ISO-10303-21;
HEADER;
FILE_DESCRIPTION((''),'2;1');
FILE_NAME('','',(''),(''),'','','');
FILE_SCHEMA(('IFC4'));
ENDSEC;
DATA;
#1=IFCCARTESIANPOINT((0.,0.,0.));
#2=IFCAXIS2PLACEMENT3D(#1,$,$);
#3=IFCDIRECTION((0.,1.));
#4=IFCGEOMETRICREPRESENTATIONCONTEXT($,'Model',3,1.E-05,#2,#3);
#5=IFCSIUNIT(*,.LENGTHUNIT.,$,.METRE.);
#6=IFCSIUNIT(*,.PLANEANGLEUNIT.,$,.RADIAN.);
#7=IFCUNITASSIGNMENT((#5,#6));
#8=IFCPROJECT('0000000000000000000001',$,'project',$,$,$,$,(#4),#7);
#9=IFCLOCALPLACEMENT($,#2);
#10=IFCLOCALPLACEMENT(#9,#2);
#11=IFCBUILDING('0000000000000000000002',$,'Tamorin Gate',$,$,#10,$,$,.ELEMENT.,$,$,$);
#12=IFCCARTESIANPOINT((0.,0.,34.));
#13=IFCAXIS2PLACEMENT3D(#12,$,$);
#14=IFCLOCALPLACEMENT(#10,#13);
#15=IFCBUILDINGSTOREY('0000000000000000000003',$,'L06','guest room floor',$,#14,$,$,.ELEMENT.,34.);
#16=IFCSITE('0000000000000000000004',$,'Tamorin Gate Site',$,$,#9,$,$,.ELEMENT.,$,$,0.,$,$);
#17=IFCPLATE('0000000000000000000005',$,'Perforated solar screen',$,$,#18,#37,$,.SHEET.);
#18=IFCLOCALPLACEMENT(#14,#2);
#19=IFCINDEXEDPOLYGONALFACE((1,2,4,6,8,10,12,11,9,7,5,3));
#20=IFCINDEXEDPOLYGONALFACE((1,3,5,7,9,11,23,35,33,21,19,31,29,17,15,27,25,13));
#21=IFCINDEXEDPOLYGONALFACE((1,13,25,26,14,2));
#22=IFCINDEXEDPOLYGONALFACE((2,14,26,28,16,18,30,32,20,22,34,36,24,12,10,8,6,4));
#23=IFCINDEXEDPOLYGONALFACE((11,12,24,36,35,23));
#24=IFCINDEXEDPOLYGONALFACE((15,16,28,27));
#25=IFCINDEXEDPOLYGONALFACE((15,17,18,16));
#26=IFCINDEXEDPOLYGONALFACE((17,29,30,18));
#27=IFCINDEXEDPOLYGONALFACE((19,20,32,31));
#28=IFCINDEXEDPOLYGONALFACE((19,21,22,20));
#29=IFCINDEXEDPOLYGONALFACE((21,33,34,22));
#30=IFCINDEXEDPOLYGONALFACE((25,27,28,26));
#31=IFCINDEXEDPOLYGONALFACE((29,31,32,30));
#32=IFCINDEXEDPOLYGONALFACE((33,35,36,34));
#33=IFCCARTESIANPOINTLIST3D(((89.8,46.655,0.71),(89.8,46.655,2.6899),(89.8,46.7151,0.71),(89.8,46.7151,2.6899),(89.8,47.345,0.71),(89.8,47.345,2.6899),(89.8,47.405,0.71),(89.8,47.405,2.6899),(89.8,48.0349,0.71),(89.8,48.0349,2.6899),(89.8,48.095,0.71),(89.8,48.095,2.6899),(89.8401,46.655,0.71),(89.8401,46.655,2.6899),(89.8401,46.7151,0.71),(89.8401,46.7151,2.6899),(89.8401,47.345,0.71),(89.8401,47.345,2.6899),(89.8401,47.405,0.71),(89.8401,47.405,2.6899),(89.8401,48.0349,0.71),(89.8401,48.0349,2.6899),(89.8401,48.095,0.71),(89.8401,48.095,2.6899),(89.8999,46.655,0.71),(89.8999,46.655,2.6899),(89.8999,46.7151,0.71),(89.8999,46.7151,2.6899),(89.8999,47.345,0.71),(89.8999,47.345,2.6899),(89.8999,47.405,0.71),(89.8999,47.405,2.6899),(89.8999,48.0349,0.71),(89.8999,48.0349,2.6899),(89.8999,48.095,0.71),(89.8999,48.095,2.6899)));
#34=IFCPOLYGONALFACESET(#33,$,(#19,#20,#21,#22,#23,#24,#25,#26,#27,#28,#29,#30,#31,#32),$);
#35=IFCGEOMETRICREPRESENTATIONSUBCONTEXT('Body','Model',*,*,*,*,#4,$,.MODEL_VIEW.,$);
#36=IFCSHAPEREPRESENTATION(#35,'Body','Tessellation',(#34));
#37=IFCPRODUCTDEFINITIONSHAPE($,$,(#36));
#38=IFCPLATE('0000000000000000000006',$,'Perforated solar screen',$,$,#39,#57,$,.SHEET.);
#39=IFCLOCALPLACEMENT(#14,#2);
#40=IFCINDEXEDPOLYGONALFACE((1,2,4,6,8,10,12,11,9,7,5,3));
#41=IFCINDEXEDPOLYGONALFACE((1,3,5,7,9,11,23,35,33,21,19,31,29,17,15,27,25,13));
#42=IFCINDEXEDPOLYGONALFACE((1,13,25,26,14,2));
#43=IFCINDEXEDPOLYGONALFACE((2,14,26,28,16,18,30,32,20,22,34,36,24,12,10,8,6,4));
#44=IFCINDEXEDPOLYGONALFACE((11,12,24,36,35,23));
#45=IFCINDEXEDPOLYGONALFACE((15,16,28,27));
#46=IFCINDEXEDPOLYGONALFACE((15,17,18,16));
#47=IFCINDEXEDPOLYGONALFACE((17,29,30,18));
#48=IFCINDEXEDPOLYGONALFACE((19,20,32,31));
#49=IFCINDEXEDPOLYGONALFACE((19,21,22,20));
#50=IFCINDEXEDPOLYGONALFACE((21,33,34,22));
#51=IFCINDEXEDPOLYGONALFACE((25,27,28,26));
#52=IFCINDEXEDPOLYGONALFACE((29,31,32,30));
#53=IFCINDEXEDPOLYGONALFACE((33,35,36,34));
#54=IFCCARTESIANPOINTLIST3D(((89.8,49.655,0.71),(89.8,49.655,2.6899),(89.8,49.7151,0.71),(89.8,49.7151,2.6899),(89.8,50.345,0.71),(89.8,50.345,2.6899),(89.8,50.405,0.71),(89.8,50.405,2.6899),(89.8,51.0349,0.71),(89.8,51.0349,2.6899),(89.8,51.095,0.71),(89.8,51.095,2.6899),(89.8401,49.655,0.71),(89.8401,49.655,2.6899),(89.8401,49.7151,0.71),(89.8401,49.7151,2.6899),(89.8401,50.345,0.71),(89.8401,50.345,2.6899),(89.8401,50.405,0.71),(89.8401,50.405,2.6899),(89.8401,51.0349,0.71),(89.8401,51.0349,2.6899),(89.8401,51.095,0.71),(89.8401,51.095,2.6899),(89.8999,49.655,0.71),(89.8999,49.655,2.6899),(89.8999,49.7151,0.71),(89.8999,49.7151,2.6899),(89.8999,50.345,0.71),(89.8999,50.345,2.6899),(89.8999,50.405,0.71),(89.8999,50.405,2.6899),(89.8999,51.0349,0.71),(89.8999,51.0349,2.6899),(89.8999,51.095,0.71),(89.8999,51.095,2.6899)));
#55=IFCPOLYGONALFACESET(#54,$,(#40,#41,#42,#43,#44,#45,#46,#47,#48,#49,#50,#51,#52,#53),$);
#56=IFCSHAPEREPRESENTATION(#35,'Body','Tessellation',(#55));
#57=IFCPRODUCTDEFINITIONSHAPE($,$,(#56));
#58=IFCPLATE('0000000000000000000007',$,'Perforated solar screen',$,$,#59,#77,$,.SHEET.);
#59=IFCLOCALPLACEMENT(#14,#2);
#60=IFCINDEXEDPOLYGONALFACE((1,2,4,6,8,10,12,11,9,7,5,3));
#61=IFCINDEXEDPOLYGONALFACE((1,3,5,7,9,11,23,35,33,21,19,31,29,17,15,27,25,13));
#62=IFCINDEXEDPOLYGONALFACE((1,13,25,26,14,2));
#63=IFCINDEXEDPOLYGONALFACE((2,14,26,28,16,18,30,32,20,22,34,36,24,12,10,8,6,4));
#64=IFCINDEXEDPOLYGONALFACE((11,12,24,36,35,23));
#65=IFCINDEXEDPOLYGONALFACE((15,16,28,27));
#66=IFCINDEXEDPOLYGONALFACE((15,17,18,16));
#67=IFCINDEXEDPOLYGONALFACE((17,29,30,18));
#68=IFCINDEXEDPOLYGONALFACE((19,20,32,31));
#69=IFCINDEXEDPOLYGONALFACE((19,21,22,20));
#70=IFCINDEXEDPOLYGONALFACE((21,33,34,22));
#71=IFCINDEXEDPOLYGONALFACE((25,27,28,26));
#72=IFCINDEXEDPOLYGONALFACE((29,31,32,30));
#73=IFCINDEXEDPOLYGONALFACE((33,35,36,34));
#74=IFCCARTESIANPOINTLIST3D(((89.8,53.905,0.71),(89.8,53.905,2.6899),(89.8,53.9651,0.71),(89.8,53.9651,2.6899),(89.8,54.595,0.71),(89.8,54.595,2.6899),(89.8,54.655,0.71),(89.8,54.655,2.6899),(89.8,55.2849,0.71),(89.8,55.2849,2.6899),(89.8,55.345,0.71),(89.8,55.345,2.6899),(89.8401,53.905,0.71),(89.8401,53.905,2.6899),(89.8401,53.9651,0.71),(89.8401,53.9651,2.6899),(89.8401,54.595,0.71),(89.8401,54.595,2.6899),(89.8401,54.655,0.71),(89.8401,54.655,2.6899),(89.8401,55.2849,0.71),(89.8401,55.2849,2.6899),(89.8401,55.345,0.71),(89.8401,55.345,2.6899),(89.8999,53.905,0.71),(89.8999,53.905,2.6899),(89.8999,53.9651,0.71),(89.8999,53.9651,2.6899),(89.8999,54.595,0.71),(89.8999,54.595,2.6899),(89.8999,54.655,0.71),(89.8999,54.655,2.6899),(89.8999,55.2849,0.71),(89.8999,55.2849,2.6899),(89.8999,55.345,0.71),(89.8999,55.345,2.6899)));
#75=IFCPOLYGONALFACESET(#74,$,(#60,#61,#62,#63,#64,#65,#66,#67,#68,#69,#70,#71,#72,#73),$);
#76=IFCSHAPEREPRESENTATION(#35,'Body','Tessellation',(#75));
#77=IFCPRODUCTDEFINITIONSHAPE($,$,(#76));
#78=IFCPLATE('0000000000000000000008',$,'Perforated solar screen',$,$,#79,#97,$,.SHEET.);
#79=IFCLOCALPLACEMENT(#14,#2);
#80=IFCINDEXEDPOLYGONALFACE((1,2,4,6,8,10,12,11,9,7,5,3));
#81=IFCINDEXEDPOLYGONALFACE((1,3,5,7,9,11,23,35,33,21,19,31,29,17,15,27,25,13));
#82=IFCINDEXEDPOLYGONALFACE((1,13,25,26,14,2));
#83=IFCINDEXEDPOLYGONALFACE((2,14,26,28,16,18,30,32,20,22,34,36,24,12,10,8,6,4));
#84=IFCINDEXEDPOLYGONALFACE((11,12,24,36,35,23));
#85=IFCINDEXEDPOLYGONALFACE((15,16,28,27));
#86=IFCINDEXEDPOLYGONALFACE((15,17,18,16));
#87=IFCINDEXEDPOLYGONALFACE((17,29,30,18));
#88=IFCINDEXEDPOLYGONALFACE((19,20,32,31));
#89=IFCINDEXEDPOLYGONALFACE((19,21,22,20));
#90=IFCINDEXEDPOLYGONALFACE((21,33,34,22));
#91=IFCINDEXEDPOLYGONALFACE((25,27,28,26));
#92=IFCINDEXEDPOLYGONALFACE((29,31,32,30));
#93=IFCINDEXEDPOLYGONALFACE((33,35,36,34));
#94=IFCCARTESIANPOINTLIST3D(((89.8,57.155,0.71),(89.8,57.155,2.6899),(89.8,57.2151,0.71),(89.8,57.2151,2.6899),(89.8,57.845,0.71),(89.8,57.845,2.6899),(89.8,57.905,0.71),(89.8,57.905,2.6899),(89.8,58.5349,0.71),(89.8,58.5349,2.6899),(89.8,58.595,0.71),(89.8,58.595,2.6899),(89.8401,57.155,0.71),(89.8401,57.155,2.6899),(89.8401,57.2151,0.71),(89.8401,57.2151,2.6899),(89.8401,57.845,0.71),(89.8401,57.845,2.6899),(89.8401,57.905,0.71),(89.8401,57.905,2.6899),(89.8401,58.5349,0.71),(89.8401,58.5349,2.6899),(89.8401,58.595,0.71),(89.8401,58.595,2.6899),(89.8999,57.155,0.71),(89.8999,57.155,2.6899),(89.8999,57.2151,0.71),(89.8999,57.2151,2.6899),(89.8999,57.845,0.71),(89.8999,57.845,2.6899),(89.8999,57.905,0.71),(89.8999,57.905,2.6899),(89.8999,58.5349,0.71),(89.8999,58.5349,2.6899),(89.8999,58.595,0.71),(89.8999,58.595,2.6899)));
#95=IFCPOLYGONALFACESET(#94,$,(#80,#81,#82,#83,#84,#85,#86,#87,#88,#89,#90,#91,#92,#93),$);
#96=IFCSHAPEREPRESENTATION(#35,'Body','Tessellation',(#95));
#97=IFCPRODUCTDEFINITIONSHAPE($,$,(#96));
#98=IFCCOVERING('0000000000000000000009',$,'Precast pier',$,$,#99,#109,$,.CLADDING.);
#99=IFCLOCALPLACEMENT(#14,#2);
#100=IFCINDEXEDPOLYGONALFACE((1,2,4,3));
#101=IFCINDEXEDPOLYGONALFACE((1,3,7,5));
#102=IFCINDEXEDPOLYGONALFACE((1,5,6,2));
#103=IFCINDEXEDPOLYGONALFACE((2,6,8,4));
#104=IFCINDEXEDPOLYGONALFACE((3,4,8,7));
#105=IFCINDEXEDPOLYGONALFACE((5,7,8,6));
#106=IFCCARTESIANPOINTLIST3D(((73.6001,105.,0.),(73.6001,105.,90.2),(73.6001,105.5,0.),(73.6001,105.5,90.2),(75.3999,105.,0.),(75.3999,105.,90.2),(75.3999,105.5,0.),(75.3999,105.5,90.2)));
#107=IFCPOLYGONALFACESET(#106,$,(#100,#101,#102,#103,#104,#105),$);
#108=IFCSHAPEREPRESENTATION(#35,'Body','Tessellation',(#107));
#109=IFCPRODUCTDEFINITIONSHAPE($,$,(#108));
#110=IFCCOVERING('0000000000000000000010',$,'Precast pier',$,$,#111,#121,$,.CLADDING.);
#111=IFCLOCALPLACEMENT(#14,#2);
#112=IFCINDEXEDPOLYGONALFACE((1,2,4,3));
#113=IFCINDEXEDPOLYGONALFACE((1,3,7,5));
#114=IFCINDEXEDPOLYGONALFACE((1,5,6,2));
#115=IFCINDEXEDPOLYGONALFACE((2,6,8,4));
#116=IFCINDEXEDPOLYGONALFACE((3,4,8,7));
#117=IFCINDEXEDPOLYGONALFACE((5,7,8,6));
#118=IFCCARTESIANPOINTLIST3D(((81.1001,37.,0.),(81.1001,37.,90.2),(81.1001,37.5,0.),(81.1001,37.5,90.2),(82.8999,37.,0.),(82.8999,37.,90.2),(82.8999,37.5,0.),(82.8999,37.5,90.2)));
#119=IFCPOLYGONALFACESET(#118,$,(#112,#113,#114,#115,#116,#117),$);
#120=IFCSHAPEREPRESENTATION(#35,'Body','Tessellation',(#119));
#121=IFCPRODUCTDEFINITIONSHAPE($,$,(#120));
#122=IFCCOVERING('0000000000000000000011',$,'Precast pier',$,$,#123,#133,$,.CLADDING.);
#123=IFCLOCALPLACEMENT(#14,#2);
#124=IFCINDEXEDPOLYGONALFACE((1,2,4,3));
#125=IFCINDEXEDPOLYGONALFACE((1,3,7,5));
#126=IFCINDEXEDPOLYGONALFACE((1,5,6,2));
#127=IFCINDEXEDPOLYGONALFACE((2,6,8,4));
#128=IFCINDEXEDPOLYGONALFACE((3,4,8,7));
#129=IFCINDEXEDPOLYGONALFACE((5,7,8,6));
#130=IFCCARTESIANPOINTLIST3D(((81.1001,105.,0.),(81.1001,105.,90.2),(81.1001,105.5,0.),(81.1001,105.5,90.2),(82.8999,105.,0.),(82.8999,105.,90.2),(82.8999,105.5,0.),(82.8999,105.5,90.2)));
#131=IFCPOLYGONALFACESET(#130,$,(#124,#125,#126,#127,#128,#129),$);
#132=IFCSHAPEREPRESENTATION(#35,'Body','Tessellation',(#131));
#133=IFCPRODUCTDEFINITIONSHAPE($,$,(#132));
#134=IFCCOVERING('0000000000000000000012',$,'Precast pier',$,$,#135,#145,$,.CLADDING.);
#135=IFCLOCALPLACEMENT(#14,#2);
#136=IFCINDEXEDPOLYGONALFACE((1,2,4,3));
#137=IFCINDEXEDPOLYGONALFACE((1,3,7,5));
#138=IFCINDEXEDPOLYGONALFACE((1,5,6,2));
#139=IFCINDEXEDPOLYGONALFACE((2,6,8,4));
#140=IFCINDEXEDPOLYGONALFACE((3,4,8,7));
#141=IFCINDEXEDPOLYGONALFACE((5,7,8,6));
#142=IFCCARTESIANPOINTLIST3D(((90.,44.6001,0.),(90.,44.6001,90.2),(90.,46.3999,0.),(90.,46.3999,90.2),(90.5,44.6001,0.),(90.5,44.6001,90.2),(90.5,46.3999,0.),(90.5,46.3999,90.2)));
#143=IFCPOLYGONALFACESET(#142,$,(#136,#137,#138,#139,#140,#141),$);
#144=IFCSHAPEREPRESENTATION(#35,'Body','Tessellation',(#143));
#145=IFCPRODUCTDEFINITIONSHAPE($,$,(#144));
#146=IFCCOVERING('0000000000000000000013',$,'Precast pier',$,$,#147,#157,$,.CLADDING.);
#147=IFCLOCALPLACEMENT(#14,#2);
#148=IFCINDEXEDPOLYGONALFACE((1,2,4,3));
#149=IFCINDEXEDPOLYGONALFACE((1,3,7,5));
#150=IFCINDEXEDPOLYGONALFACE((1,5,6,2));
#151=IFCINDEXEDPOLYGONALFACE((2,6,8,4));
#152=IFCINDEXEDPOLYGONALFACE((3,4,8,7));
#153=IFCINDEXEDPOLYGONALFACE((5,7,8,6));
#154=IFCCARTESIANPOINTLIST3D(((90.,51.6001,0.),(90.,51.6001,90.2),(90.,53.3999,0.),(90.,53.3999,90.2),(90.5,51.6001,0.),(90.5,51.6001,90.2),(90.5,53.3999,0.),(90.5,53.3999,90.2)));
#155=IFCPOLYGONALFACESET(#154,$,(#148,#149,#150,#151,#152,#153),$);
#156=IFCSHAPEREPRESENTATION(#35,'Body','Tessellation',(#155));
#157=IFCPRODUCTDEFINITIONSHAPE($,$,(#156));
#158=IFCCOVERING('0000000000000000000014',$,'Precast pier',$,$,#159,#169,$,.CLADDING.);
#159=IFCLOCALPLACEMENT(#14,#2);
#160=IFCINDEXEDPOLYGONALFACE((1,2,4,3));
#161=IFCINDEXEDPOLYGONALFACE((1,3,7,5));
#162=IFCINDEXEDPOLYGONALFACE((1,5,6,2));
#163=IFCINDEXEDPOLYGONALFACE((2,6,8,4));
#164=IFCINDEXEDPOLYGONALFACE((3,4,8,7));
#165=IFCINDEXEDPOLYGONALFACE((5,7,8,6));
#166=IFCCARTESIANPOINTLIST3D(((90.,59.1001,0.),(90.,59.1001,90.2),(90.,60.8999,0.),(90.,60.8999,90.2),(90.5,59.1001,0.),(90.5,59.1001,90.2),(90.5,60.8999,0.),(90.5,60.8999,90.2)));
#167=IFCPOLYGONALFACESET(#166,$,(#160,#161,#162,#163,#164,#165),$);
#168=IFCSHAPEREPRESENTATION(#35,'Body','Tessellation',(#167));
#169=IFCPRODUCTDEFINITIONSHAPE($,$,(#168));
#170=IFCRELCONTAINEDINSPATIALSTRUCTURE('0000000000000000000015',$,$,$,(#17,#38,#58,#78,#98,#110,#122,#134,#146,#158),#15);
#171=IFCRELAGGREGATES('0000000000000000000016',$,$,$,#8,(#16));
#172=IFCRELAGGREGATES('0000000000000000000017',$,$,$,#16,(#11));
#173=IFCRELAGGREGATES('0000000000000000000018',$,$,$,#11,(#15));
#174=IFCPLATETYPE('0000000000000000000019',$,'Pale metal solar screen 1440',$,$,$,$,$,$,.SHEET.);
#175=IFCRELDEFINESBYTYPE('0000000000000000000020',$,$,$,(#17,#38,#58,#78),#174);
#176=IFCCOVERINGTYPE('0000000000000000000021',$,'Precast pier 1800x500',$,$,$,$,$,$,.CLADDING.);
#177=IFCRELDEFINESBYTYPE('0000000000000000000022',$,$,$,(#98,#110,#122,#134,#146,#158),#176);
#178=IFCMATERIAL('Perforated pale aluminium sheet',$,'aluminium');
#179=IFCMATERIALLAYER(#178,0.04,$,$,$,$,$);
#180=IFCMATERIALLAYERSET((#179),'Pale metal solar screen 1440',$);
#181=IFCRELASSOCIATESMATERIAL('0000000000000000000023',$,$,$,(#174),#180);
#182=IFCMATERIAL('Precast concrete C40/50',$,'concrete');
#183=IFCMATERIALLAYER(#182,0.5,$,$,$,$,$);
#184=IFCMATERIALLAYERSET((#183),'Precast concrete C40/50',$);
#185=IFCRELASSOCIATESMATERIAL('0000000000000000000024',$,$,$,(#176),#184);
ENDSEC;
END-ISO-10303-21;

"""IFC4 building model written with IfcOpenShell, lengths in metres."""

from ifc_helpers import new_model, si_unit, direction, frame, origin, place, context, subcontext, project, spatial, polyline, outline, extrude, material, layer, layer_set, type_object, element, save


model = new_model("IFC4")

# Units and contexts
model_context = context("Model", 3, precision=1e-05, world=origin(), true_north=direction((0.0, 1.0)))
body_context = subcontext(model_context, "Body", "Model", "MODEL_VIEW")
ifc_project = project(units=[si_unit("LENGTHUNIT", "METRE"), si_unit("PLANEANGLEUNIT", "RADIAN")], contexts=[model_context])

# Site, building, storey
site_placement = place(None, origin())
site = spatial("IfcSite", under=ifc_project, at=site_placement, Name="Tamorin Gate Site", CompositionType="ELEMENT", RefElevation=0.0)
building_placement = place(site_placement, origin())
building = spatial("IfcBuilding", under=site, at=building_placement, Name="Tamorin Gate", CompositionType="ELEMENT")
storey_placement = place(building_placement, frame((0.0, 0.0, 34.0)))
storey = spatial("IfcBuildingStorey", under=building, at=storey_placement, Name="L06", Description="guest room floor", CompositionType="ELEMENT", Elevation=34.0)

# Plates
ifc_material_1 = material(Name="Perforated pale aluminium sheet", Category="aluminium")
ifc_layer_1 = layer(ifc_material_1, 0.04)
ifc_layer_set_1 = layer_set([ifc_layer_1], Name="Pale metal solar screen 1440")
plate_type = type_object("IfcPlateType", Name="Pale metal solar screen 1440", PredefinedType="SHEET", material=ifc_layer_set_1)
plate_1_placement = place(storey_placement, frame((0.0, 0.0, 0.71)))
element("IfcPlate", 1, at=plate_1_placement, inside=storey, type_object=plate_type, Name="Perforated solar screen", PredefinedType="SHEET", context=body_context, shape_type="SweptSolid", body=[
    extrude(outline(polyline([(89.8401, 46.655), (89.8, 46.655), (89.8, 46.7151), (89.8, 47.345), (89.8, 47.405), (89.8, 48.0349), (89.8, 48.095), (89.8, 48.095), (89.8401, 48.095), (89.8401, 48.095), (89.8999, 48.095), (89.8999, 48.0349), (89.8401, 48.0349), (89.8401, 47.405), (89.8999, 47.405), (89.8999, 47.345), (89.8401, 47.345), (89.8401, 46.7151), (89.8999, 46.7151), (89.8999, 46.655), (89.8401, 46.655)])), origin(), (0.0, 0.0, 1.0), 1.98),
])
plate_2_placement = place(storey_placement, frame((0.0, 0.0, 0.71)))
element("IfcPlate", 2, at=plate_2_placement, inside=storey, type_object=plate_type, Name="Perforated solar screen", PredefinedType="SHEET", context=body_context, shape_type="SweptSolid", body=[
    extrude(outline(polyline([(89.8401, 49.655), (89.8, 49.655), (89.8, 49.7151), (89.8, 50.345), (89.8, 50.405), (89.8, 51.0349), (89.8, 51.095), (89.8401, 51.095), (89.8999, 51.095), (89.8999, 51.0349), (89.8401, 51.0349), (89.8401, 50.405), (89.8999, 50.405), (89.8999, 50.345), (89.8401, 50.345), (89.8401, 49.7151), (89.8999, 49.7151), (89.8999, 49.655), (89.8401, 49.655)])), origin(), (0.0, 0.0, 1.0), 1.98),
])
plate_3_placement = place(storey_placement, frame((0.0, 0.0, 0.71)))
element("IfcPlate", 3, at=plate_3_placement, inside=storey, type_object=plate_type, Name="Perforated solar screen", PredefinedType="SHEET", context=body_context, shape_type="SweptSolid", body=[
    extrude(outline(polyline([(89.8401, 53.905), (89.8, 53.905), (89.8, 53.9651), (89.8, 54.595), (89.8, 54.655), (89.8, 55.2849), (89.8, 55.345), (89.8401, 55.345), (89.8999, 55.345), (89.8999, 55.2849), (89.8401, 55.2849), (89.8401, 54.655), (89.8999, 54.655), (89.8999, 54.595), (89.8401, 54.595), (89.8401, 53.9651), (89.8999, 53.9651), (89.8999, 53.905), (89.8401, 53.905)])), origin(), (0.0, 0.0, 1.0), 1.98),
])
plate_4_placement = place(storey_placement, frame((0.0, 0.0, 0.71)))
element("IfcPlate", 4, at=plate_4_placement, inside=storey, type_object=plate_type, Name="Perforated solar screen", PredefinedType="SHEET", context=body_context, shape_type="SweptSolid", body=[
    extrude(outline(polyline([(89.8401, 57.155), (89.8, 57.155), (89.8, 57.2151), (89.8, 57.845), (89.8, 57.905), (89.8, 58.5349), (89.8, 58.595), (89.8401, 58.595), (89.8999, 58.595), (89.8999, 58.5349), (89.8401, 58.5349), (89.8401, 57.905), (89.8999, 57.905), (89.8999, 57.845), (89.8401, 57.845), (89.8401, 57.2151), (89.8999, 57.2151), (89.8999, 57.155), (89.8401, 57.155)])), origin(), (0.0, 0.0, 1.0), 1.98),
])

# Coverings
ifc_material_2 = material(Name="Precast concrete C40/50", Category="concrete")
ifc_layer_2 = layer(ifc_material_2, 0.5)
ifc_layer_set_2 = layer_set([ifc_layer_2], Name="Precast concrete C40/50")
covering_type = type_object("IfcCoveringType", Name="Precast pier 1800x500", PredefinedType="CLADDING", material=ifc_layer_set_2)
covering_1_placement = place(storey_placement, origin())
element("IfcCovering", 5, at=covering_1_placement, inside=storey, type_object=covering_type, Name="Precast pier", PredefinedType="CLADDING", context=body_context, shape_type="SweptSolid", body=[
    extrude(outline(polyline([(75.3999, 105.0), (73.6001, 105.0), (73.6001, 105.5), (75.3999, 105.5), (75.3999, 105.0)])), origin(), (0.0, 0.0, 1.0), 90.2),
])
covering_2_placement = place(storey_placement, origin())
element("IfcCovering", 6, at=covering_2_placement, inside=storey, type_object=covering_type, Name="Precast pier", PredefinedType="CLADDING", context=body_context, shape_type="SweptSolid", body=[
    extrude(outline(polyline([(81.1001, 37.5), (82.8999, 37.5), (82.8999, 37.0), (81.1001, 37.0), (81.1001, 37.5)])), origin(), (0.0, 0.0, 1.0), 90.2),
])
covering_3_placement = place(storey_placement, origin())
element("IfcCovering", 7, at=covering_3_placement, inside=storey, type_object=covering_type, Name="Precast pier", PredefinedType="CLADDING", context=body_context, shape_type="SweptSolid", body=[
    extrude(outline(polyline([(82.8999, 105.0), (81.1001, 105.0), (81.1001, 105.5), (82.8999, 105.5), (82.8999, 105.0)])), origin(), (0.0, 0.0, 1.0), 90.2),
])
covering_4_placement = place(storey_placement, origin())
element("IfcCovering", 8, at=covering_4_placement, inside=storey, type_object=covering_type, Name="Precast pier", PredefinedType="CLADDING", context=body_context, shape_type="SweptSolid", body=[
    extrude(outline(polyline([(90.0, 44.6001), (90.0, 46.3999), (90.5, 46.3999), (90.5, 44.6001), (90.0, 44.6001)])), origin(), (0.0, 0.0, 1.0), 90.2),
])
covering_5_placement = place(storey_placement, origin())
element("IfcCovering", 9, at=covering_5_placement, inside=storey, type_object=covering_type, Name="Precast pier", PredefinedType="CLADDING", context=body_context, shape_type="SweptSolid", body=[
    extrude(outline(polyline([(90.0, 51.6001), (90.0, 53.3999), (90.5, 53.3999), (90.5, 51.6001), (90.0, 51.6001)])), origin(), (0.0, 0.0, 1.0), 90.2),
])
covering_6_placement = place(storey_placement, origin())
element("IfcCovering", 10, at=covering_6_placement, inside=storey, type_object=covering_type, Name="Precast pier", PredefinedType="CLADDING", context=body_context, shape_type="SweptSolid", body=[
    extrude(outline(polyline([(90.0, 59.1001), (90.0, 60.8999), (90.5, 60.8999), (90.5, 59.1001), (90.0, 59.1001)])), origin(), (0.0, 0.0, 1.0), 90.2),
])

save(model, "model.ifc")
